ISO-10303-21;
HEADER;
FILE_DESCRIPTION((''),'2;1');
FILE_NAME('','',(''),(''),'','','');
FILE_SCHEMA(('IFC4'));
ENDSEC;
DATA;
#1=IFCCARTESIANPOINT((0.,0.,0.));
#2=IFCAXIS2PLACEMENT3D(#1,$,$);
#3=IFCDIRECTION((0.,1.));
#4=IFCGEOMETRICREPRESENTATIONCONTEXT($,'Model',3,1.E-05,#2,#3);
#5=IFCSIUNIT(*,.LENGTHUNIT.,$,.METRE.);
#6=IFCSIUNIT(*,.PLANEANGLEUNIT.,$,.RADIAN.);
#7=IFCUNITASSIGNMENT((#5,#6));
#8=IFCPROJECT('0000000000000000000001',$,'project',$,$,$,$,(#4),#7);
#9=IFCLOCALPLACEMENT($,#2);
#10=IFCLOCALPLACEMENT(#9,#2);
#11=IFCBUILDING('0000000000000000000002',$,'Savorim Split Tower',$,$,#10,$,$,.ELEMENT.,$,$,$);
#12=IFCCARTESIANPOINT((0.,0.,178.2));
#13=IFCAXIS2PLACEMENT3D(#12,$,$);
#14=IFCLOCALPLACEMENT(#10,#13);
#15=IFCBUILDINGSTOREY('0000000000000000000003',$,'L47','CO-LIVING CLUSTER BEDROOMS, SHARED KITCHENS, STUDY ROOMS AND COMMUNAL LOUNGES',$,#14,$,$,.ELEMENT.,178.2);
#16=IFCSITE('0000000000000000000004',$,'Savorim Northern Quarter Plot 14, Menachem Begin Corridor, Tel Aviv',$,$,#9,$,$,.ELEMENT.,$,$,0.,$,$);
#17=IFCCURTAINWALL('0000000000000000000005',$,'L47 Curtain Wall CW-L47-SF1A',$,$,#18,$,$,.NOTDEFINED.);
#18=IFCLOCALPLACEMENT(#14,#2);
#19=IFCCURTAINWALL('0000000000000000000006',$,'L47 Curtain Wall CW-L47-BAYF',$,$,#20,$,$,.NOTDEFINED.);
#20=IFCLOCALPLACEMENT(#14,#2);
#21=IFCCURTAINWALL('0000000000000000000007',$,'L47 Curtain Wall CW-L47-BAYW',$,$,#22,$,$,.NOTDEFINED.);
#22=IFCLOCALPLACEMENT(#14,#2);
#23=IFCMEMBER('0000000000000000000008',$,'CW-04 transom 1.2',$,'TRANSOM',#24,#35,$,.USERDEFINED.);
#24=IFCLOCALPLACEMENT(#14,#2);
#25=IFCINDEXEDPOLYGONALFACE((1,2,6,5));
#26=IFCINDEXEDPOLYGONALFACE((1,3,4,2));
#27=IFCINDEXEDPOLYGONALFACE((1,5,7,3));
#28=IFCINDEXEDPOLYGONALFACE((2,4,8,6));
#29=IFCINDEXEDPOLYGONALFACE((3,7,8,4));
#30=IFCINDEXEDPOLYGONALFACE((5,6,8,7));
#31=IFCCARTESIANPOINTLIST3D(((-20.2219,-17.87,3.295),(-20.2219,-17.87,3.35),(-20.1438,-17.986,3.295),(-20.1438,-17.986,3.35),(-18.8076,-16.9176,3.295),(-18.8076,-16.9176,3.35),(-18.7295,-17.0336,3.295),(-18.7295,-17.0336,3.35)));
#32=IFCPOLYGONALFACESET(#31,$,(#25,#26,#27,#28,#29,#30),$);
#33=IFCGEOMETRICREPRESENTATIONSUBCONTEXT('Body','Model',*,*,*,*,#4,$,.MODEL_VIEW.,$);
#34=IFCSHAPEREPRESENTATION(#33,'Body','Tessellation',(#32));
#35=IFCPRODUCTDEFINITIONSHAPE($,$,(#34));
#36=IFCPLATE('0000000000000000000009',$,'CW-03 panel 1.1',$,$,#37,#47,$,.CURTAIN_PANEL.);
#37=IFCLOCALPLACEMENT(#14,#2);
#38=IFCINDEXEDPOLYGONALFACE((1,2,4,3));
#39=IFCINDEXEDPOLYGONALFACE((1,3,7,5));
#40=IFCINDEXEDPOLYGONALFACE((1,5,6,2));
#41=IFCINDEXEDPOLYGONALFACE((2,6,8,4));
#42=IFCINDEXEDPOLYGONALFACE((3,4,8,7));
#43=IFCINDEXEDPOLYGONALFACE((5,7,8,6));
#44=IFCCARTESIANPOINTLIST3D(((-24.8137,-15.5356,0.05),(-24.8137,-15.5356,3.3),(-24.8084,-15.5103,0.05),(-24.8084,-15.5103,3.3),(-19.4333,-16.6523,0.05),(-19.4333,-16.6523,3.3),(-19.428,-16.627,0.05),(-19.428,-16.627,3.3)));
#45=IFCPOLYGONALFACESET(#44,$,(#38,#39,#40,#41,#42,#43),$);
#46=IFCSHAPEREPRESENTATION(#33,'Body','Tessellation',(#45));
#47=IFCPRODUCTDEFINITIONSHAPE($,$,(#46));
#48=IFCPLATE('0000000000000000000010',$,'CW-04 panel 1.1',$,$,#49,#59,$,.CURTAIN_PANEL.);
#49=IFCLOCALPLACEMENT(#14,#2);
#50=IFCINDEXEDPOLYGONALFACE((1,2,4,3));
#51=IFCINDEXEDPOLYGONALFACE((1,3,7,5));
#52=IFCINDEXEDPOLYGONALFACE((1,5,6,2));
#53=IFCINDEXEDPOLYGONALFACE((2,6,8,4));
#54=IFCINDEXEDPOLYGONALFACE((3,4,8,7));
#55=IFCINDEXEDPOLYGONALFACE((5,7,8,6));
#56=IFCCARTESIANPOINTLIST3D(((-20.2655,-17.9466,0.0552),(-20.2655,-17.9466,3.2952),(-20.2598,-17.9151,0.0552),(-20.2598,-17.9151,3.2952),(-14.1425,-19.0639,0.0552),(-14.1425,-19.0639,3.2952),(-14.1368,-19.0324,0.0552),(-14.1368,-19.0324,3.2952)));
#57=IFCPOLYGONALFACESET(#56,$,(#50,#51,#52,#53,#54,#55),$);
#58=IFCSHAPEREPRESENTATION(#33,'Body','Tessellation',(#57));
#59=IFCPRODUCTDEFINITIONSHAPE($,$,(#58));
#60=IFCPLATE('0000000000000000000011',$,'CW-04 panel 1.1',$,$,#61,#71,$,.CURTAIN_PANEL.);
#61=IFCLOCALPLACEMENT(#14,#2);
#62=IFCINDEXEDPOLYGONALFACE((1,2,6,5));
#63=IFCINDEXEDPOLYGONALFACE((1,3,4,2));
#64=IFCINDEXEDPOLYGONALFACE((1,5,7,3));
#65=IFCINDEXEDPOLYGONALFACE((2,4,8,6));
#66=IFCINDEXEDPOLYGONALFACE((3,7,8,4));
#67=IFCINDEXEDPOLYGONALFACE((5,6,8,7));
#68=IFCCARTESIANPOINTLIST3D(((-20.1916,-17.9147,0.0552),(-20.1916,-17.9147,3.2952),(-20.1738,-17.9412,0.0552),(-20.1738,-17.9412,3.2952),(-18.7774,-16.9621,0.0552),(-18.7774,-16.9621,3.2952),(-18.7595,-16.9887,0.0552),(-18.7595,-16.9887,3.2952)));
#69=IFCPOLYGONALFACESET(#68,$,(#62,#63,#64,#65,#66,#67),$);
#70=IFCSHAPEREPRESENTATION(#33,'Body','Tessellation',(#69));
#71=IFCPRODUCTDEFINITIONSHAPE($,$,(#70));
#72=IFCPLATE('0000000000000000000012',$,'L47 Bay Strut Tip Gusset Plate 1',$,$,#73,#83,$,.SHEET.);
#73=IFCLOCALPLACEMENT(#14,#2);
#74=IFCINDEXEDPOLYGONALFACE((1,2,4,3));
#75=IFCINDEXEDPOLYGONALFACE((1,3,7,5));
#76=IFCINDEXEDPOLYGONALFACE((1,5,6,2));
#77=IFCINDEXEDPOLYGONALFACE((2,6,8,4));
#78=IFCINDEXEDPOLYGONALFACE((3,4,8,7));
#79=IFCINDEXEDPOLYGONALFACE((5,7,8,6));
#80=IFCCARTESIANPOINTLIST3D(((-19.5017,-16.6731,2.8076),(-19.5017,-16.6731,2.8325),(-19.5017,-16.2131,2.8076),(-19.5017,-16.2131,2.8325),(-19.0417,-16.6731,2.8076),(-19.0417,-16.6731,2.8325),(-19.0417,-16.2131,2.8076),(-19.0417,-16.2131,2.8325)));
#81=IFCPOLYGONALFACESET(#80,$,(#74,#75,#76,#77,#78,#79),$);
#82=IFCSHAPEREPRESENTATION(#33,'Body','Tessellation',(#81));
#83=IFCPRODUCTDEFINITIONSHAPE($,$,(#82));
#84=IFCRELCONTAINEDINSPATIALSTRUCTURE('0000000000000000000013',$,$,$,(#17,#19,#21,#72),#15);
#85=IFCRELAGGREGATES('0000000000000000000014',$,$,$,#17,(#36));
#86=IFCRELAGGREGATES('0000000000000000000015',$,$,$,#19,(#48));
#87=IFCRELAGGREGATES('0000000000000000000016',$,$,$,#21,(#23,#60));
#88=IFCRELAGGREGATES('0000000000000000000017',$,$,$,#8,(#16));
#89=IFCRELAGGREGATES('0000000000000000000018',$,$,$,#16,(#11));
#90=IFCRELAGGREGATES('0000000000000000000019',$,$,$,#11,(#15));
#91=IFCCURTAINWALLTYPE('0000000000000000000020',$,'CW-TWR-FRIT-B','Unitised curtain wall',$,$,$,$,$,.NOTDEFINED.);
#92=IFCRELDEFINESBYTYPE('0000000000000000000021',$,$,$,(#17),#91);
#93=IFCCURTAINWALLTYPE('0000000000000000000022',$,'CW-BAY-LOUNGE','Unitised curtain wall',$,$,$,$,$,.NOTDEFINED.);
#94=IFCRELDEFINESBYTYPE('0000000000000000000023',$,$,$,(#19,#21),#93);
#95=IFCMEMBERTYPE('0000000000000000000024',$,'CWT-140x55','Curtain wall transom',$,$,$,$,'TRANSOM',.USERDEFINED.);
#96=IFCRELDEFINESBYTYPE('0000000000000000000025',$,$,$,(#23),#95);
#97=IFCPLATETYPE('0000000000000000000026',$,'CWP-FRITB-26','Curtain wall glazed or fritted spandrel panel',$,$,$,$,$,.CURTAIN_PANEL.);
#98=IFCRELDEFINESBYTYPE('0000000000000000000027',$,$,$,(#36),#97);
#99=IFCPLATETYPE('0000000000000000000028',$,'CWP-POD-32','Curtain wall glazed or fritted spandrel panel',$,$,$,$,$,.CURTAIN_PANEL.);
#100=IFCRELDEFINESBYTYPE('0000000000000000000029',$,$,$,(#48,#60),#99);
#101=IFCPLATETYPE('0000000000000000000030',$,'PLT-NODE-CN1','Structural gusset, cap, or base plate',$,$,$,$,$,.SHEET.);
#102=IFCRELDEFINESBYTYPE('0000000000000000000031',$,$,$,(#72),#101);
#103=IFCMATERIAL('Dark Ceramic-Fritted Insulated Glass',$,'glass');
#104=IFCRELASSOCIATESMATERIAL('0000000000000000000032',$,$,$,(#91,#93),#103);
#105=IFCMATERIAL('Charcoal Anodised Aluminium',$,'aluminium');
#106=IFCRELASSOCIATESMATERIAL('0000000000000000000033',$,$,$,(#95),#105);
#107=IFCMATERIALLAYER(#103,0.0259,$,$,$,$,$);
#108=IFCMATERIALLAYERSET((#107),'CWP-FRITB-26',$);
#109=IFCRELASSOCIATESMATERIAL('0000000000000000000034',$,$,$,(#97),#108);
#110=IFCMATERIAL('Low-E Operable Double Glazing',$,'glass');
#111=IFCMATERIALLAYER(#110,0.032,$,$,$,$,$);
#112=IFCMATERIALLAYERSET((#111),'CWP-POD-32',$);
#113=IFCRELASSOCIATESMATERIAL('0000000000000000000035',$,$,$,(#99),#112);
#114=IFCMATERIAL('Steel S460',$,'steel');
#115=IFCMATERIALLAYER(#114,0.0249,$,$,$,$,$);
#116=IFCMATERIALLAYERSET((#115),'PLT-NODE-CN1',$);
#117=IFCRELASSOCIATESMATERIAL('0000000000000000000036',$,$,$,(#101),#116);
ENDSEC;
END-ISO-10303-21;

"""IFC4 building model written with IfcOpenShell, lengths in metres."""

from ifc_helpers import new_model, si_unit, direction, frame, origin, origin_2d, place, context, subcontext, project, spatial, rectangle, extrude, material, layer, layer_set, material_profile, profile_set, type_object, element, aggregate, save


model = new_model("IFC4")

# Units and contexts
model_context = context("Model", 3, precision=1e-05, world=origin(), true_north=direction((0.0, 1.0)))
body_context = subcontext(model_context, "Body", "Model", "MODEL_VIEW")
ifc_project = project(units=[si_unit("LENGTHUNIT", "METRE"), si_unit("PLANEANGLEUNIT", "RADIAN")], contexts=[model_context])

# Site, building, storey
site_placement = place(None, origin())
site = spatial("IfcSite", under=ifc_project, at=site_placement, Name="Savorim Northern Quarter Plot 14, Menachem Begin Corridor, Tel Aviv", CompositionType="ELEMENT", RefElevation=0.0)
building_placement = place(site_placement, origin())
building = spatial("IfcBuilding", under=site, at=building_placement, Name="Savorim Split Tower", CompositionType="ELEMENT")
storey_placement = place(building_placement, frame((0.0, 0.0, 178.2)))
storey = spatial("IfcBuildingStorey", under=building, at=storey_placement, Name="L47", Description="CO-LIVING CLUSTER BEDROOMS, SHARED KITCHENS, STUDY ROOMS AND COMMUNAL LOUNGES", CompositionType="ELEMENT", Elevation=178.2)

# Curtain wall
ifc_material_1 = material(Name="Dark Ceramic-Fritted Insulated Glass", Category="glass")
curtain_wall_type_1 = type_object("IfcCurtainWallType", Name="CW-TWR-FRIT-B", Description="Unitised curtain wall", PredefinedType="NOTDEFINED", material=ifc_material_1)
curtain_wall_1_placement = place(storey_placement, origin())
curtain_wall_1 = element("IfcCurtainWall", 1, at=curtain_wall_1_placement, inside=storey, type_object=curtain_wall_type_1, Name="L47 Curtain Wall CW-L47-SF1A", PredefinedType="NOTDEFINED")
ifc_material_2 = material(Name="Charcoal Anodised Aluminium", Category="aluminium")

# Curtain walls
curtain_wall_type_2 = type_object("IfcCurtainWallType", Name="CW-BAY-LOUNGE", Description="Unitised curtain wall", PredefinedType="NOTDEFINED", material=ifc_material_1)
curtain_wall_2_placement = place(storey_placement, origin())
curtain_wall_2 = element("IfcCurtainWall", 2, at=curtain_wall_2_placement, inside=storey, type_object=curtain_wall_type_2, Name="L47 Curtain Wall CW-L47-BAYF", PredefinedType="NOTDEFINED")
curtain_wall_3_placement = place(storey_placement, origin())
curtain_wall_3 = element("IfcCurtainWall", 3, at=curtain_wall_3_placement, inside=storey, type_object=curtain_wall_type_2, Name="L47 Curtain Wall CW-L47-BAYW", PredefinedType="NOTDEFINED")

# Member
ifc_material_profile_1 = material_profile(ifc_material_2, rectangle(XDim=0.1399, YDim=0.0549, at=origin_2d()), Name="ALU-T 140x55")
ifc_profile_set_1 = profile_set([ifc_material_profile_1], Name="Charcoal Anodised Aluminium")
member_type_1 = type_object("IfcMemberType", Name="CWT-140x55", Description="Curtain wall transom", ElementType="TRANSOM", PredefinedType="USERDEFINED", material=ifc_profile_set_1)
member_1_placement = place(storey_placement, frame((-18.7686, -16.9756, 3.3225), z_axis=(-0.829464, -0.55856, 0.0), x_axis=(0.55856, -0.829464, 0.0)))
member_1 = element("IfcMember", 4, at=member_1_placement, type_object=member_type_1, Name="CW-04 transom 1.2", ObjectType="TRANSOM", PredefinedType="USERDEFINED", context=body_context, shape_type="SweptSolid", body=[
    extrude(rectangle(XDim=0.1399, YDim=0.0549, at=origin_2d()), origin(), (0.0, 0.0, 1.0), 1.7051),
])

# Plates
ifc_layer_1 = layer(ifc_material_1, 0.0259)
ifc_layer_set_1 = layer_set([ifc_layer_1], Name="CWP-FRITB-26")
plate_type_1 = type_object("IfcPlateType", Name="CWP-FRITB-26", Description="Curtain wall glazed or fritted spandrel panel", PredefinedType="CURTAIN_PANEL", material=ifc_layer_set_1)
plate_1_placement = place(storey_placement, frame((-22.1208, -16.0813, 0.05), z_axis=(0.0, 0.0, 1.0), x_axis=(0.979133, -0.203221, 0.0)))
plate_1 = element("IfcPlate", 5, at=plate_1_placement, type_object=plate_type_1, Name="CW-03 panel 1.1", PredefinedType="CURTAIN_PANEL", context=body_context, shape_type="SweptSolid", body=[
    extrude(rectangle(XDim=5.4951, YDim=0.0259, at=origin_2d()), origin(), (0.0, 0.0, 1.0), 3.25),
])
aggregate(curtain_wall_1, [plate_1])
ifc_material_3 = material(Name="Low-E Operable Double Glazing", Category="glass")
ifc_layer_2 = layer(ifc_material_3, 0.032)
ifc_layer_set_2 = layer_set([ifc_layer_2], Name="CWP-POD-32")
plate_type_2 = type_object("IfcPlateType", Name="CWP-POD-32", Description="Curtain wall glazed or fritted spandrel panel", PredefinedType="CURTAIN_PANEL", material=ifc_layer_set_2)
plate_2_placement = place(storey_placement, frame((-17.2012, -18.4895, 0.0552), z_axis=(0.0, 0.0, 1.0), x_axis=(0.983755, -0.179518, 0.0)))
plate_2 = element("IfcPlate", 6, at=plate_2_placement, type_object=plate_type_2, Name="CW-04 panel 1.1", PredefinedType="CURTAIN_PANEL", context=body_context, shape_type="SweptSolid", body=[
    extrude(rectangle(XDim=6.2241, YDim=0.032, at=origin_2d()), origin(), (0.0, 0.0, 1.0), 3.24),
])
aggregate(curtain_wall_2, [plate_2])
plate_3_placement = place(storey_placement, frame((-19.4756, -17.4517, 0.0552), z_axis=(0.0, 0.0, 1.0), x_axis=(-0.829417, -0.55863, 0.0)))
plate_3 = element("IfcPlate", 7, at=plate_3_placement, type_object=plate_type_2, Name="CW-04 panel 1.1", PredefinedType="CURTAIN_PANEL", context=body_context, shape_type="SweptSolid", body=[
    extrude(rectangle(XDim=1.7051, YDim=0.032, at=origin_2d()), origin(), (0.0, 0.0, 1.0), 3.24),
])
aggregate(curtain_wall_3, [member_1, plate_3])
ifc_material_4 = material(Name="Steel S460", Category="steel")
ifc_layer_3 = layer(ifc_material_4, 0.0249)
ifc_layer_set_3 = layer_set([ifc_layer_3], Name="PLT-NODE-CN1")
plate_type_3 = type_object("IfcPlateType", Name="PLT-NODE-CN1", Description="Structural gusset, cap, or base plate", PredefinedType="SHEET", material=ifc_layer_set_3)
plate_4_placement = place(storey_placement, frame((-19.2717, -16.4431, 2.8076), z_axis=(0.0, 0.0, 1.0), x_axis=(1.0, 0.0, 0.0)))
element("IfcPlate", 8, at=plate_4_placement, inside=storey, type_object=plate_type_3, Name="L47 Bay Strut Tip Gusset Plate 1", PredefinedType="SHEET", context=body_context, shape_type="SweptSolid", body=[
    extrude(rectangle(XDim=0.46, YDim=0.46, at=origin_2d()), origin(), (0.0, 0.0, 1.0), 0.0249),
])

save(model, "model.ifc")
